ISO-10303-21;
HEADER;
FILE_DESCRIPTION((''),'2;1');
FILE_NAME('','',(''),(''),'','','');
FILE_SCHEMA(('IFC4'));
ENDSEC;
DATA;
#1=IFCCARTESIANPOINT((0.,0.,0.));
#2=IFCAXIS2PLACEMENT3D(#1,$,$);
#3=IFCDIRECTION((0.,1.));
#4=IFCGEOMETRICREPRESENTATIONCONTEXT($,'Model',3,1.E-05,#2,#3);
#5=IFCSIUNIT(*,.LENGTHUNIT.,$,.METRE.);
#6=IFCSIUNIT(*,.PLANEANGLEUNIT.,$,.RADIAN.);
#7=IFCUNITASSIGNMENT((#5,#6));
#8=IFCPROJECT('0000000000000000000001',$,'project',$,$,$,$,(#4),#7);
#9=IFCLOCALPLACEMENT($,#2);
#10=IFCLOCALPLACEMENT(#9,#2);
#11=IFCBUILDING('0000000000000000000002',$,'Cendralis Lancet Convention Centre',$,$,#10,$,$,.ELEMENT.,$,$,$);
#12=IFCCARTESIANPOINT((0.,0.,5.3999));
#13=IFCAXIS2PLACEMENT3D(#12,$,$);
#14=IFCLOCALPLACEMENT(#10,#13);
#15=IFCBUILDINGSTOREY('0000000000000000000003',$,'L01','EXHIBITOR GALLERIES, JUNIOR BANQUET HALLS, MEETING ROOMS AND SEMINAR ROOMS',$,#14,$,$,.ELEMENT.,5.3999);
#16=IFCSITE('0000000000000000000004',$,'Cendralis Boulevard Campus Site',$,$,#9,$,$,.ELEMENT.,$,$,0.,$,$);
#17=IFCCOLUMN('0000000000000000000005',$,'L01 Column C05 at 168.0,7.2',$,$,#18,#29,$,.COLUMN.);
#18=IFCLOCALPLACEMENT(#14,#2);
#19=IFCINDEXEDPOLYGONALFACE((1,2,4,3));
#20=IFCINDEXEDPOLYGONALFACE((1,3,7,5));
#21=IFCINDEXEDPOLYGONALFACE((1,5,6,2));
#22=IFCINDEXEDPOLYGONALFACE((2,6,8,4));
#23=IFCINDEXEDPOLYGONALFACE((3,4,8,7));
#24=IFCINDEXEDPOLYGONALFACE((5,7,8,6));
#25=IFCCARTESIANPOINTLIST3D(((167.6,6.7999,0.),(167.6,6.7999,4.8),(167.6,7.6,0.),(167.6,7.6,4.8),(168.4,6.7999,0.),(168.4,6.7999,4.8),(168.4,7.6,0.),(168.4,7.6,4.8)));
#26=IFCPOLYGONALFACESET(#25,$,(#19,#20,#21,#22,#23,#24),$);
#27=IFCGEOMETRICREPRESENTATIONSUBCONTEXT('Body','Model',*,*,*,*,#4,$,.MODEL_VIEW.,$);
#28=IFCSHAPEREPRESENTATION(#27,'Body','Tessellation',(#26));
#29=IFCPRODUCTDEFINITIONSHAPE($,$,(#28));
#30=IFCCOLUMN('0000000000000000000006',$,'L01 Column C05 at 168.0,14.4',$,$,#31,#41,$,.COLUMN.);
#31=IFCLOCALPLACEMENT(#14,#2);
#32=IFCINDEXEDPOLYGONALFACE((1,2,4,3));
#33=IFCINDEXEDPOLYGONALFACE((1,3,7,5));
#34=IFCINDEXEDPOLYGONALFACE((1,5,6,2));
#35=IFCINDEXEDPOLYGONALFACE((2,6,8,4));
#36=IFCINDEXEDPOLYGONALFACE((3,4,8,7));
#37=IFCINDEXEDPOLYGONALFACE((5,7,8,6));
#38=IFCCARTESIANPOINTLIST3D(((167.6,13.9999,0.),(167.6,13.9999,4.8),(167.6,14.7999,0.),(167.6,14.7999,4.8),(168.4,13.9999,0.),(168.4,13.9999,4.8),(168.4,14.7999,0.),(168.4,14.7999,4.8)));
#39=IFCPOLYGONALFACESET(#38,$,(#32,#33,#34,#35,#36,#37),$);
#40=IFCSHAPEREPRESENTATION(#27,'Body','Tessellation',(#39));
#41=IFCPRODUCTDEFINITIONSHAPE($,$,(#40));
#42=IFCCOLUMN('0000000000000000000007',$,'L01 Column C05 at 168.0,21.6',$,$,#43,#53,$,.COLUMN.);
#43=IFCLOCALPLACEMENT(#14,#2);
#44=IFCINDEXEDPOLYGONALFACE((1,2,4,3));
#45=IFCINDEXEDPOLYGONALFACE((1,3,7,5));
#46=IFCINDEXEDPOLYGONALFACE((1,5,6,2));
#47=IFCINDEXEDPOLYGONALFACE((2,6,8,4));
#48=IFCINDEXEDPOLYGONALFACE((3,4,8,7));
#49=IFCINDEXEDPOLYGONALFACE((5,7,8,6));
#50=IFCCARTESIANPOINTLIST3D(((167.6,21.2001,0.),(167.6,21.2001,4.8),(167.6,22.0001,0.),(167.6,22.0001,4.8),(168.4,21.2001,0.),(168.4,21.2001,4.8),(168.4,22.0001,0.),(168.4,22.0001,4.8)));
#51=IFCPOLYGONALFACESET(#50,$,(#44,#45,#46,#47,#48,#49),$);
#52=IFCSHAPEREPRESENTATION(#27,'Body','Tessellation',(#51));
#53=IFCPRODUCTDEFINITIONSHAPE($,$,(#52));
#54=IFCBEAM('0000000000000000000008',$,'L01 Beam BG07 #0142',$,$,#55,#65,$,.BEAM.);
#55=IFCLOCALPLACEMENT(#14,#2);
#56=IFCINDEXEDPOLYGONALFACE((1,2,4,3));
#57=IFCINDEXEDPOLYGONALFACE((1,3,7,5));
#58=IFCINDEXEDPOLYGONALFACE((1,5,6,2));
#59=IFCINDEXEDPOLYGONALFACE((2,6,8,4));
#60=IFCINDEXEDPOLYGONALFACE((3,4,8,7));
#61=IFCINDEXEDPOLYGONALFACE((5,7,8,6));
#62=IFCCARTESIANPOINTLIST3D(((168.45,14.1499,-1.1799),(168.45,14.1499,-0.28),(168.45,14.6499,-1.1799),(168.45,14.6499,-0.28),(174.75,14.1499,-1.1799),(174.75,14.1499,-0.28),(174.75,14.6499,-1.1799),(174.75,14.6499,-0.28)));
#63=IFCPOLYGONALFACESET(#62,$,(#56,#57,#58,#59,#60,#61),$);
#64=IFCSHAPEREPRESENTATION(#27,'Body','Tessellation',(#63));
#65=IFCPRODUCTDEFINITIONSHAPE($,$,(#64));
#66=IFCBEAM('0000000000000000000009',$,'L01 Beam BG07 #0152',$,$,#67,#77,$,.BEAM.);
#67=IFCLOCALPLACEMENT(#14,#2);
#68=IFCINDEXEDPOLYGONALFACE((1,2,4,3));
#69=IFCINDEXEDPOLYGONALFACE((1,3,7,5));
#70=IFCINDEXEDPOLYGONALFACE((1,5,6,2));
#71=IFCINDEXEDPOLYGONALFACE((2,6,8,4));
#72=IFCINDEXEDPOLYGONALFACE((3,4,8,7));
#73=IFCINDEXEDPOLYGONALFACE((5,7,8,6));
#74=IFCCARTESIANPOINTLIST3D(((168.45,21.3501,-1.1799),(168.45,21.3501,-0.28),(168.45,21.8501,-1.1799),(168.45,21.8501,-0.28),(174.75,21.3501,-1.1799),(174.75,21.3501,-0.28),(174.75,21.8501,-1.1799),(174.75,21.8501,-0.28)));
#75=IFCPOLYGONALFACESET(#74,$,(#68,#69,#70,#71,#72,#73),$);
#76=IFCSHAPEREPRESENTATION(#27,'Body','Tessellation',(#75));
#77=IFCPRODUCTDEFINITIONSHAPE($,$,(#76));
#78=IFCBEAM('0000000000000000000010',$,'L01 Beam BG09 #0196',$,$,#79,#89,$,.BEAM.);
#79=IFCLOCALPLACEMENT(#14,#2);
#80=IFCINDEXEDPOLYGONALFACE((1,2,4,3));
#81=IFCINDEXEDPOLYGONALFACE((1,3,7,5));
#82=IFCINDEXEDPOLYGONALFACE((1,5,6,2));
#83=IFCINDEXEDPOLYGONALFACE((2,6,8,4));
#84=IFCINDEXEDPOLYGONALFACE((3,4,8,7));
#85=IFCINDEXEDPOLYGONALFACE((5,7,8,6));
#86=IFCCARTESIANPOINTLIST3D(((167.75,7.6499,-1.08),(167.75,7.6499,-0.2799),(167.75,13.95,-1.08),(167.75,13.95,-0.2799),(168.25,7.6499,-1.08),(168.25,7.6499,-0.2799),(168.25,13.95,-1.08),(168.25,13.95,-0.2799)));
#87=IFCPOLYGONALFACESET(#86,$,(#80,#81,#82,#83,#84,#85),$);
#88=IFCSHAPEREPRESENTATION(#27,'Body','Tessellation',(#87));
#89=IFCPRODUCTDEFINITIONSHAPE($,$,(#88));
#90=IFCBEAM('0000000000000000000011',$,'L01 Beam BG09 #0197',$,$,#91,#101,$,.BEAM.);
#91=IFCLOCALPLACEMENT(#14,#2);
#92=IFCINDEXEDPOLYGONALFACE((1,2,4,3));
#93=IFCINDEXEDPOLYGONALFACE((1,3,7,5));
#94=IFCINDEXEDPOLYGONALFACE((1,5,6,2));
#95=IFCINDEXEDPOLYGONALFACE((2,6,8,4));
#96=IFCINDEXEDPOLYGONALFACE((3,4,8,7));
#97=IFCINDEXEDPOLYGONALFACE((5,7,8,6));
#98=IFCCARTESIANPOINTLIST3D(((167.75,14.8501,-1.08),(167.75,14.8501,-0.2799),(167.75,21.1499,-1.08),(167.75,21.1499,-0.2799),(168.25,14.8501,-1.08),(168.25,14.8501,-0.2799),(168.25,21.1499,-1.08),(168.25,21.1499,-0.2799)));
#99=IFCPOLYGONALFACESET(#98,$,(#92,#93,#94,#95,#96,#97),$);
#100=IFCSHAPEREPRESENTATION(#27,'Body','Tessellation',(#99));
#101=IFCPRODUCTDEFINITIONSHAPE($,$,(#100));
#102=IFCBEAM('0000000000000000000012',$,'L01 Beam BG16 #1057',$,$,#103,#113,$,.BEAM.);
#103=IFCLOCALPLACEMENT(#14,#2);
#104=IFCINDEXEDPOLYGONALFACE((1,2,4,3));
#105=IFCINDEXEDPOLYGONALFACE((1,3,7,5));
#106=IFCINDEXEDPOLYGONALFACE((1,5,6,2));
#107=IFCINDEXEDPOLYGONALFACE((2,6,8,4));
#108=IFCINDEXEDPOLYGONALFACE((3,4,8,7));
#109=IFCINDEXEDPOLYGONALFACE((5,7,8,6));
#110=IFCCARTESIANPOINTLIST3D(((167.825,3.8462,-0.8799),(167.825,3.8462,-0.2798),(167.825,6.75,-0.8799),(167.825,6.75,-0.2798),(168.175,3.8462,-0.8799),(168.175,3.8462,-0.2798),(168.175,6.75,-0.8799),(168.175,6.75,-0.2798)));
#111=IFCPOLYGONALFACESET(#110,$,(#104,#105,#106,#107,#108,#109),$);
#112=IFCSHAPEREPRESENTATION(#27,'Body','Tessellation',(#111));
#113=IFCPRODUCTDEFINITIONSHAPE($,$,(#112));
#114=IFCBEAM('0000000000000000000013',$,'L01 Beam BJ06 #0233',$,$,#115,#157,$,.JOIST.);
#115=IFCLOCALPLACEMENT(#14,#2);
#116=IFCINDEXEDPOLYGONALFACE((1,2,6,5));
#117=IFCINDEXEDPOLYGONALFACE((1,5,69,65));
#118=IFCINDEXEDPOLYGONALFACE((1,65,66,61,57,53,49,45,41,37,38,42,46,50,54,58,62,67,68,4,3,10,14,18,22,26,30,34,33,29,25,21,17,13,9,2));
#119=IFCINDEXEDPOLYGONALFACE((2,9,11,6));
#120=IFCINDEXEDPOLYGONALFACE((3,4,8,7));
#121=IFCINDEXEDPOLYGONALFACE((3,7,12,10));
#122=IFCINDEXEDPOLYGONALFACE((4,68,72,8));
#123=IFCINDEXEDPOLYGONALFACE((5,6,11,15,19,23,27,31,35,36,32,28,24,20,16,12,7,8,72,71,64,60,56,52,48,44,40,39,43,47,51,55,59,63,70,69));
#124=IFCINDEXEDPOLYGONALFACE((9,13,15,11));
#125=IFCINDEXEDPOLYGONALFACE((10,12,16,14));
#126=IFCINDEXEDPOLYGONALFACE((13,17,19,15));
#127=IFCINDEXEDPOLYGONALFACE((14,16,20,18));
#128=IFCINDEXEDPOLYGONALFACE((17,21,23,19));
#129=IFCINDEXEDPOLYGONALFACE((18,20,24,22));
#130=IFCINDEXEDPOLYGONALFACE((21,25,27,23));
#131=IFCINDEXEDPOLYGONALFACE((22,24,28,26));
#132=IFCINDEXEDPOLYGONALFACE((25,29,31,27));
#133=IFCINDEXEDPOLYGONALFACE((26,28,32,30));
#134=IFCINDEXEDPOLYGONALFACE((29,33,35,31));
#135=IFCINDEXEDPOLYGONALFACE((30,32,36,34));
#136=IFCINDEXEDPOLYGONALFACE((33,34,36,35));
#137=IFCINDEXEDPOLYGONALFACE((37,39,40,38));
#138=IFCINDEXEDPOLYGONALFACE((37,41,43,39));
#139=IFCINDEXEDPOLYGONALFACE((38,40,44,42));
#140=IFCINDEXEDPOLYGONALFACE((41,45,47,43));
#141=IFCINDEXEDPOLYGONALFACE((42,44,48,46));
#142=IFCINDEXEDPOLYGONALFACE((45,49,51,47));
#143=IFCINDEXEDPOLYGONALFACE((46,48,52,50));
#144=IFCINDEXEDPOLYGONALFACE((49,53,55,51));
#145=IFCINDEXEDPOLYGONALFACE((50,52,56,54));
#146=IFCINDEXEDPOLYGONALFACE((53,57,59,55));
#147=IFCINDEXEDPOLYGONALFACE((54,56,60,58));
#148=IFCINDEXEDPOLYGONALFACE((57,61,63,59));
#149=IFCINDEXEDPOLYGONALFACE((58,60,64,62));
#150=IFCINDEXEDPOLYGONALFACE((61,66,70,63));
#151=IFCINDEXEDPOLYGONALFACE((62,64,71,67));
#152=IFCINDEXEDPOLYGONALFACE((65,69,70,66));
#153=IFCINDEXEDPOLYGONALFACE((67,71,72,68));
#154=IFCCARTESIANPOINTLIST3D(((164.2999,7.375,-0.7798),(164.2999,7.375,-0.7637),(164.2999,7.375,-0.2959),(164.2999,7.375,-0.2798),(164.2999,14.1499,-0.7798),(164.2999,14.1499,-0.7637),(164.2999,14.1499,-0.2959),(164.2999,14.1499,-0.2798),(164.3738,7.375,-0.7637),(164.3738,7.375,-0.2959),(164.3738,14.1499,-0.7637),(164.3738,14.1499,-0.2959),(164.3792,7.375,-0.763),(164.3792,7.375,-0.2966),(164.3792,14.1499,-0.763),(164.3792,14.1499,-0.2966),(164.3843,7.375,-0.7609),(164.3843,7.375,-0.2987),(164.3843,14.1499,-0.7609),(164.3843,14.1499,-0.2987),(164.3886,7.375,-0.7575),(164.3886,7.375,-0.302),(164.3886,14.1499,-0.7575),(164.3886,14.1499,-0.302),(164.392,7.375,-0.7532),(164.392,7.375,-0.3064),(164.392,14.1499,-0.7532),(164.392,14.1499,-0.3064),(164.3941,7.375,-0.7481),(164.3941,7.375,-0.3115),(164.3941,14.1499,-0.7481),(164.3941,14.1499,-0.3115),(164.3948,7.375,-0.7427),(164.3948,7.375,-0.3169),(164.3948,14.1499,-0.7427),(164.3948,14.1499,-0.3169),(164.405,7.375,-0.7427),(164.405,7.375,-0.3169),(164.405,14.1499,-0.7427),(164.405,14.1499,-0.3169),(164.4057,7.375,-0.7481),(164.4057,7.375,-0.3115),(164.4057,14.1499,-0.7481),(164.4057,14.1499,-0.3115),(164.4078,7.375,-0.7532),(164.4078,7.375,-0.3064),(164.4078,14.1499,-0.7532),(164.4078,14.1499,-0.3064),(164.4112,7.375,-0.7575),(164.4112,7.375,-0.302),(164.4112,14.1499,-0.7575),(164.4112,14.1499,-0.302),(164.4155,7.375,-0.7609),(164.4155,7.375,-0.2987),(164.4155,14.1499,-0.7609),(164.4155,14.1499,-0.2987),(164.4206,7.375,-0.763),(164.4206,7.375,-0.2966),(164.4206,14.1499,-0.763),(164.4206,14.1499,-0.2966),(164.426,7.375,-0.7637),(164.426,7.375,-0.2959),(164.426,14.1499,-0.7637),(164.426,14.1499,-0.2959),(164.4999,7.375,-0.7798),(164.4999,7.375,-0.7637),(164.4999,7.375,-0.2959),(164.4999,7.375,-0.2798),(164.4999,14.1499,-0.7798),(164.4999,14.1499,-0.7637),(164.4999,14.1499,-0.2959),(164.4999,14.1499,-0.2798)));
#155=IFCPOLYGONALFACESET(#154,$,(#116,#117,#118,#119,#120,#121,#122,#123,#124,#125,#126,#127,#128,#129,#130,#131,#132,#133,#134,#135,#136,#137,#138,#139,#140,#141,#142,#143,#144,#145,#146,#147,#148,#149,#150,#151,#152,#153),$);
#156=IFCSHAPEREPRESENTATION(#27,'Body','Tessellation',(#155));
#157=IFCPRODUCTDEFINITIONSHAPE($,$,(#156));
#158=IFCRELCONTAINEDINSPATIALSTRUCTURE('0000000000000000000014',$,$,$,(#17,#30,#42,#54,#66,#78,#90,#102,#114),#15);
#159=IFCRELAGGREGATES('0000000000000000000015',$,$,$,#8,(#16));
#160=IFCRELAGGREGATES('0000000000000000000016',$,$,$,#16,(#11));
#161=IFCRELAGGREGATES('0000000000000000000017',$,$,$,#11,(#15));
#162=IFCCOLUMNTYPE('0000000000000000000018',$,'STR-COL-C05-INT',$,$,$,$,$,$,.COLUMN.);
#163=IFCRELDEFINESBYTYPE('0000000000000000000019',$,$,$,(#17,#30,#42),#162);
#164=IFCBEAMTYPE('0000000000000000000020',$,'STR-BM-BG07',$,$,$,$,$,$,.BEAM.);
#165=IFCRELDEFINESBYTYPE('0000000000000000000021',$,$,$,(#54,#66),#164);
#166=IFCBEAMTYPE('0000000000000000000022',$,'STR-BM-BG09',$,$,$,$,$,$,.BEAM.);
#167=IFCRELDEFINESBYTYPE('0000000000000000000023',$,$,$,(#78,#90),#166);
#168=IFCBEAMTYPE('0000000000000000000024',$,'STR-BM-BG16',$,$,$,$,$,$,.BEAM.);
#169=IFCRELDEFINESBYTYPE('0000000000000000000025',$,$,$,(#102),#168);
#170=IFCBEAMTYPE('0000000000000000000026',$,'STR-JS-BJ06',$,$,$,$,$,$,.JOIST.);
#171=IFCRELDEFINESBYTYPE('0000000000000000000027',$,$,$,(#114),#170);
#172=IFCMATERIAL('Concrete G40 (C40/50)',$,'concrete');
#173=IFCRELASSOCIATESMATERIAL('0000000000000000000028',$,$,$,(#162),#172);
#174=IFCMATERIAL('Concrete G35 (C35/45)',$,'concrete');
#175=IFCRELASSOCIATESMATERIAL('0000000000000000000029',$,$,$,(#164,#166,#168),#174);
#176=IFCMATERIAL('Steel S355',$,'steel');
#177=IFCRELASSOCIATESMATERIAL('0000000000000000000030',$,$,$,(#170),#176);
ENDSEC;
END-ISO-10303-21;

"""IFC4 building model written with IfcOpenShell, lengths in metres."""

from ifc_helpers import new_model, si_unit, direction, frame, origin, origin_2d, place, context, subcontext, project, spatial, rectangle, i_section, extrude, material, material_profile, profile_set, type_object, element, save


model = new_model("IFC4")

# Units and contexts
model_context = context("Model", 3, precision=1e-05, world=origin(), true_north=direction((0.0, 1.0)))
body_context = subcontext(model_context, "Body", "Model", "MODEL_VIEW")
ifc_project = project(units=[si_unit("LENGTHUNIT", "METRE"), si_unit("PLANEANGLEUNIT", "RADIAN")], contexts=[model_context])

# Site, building, storey
site_placement = place(None, origin())
site = spatial("IfcSite", under=ifc_project, at=site_placement, Name="Cendralis Boulevard Campus Site", CompositionType="ELEMENT", RefElevation=0.0)
building_placement = place(site_placement, origin())
building = spatial("IfcBuilding", under=site, at=building_placement, Name="Cendralis Lancet Convention Centre", CompositionType="ELEMENT")
storey_placement = place(building_placement, frame((0.0, 0.0, 5.3999)))
storey = spatial("IfcBuildingStorey", under=building, at=storey_placement, Name="L01", Description="EXHIBITOR GALLERIES, JUNIOR BANQUET HALLS, MEETING ROOMS AND SEMINAR ROOMS", CompositionType="ELEMENT", Elevation=5.3999)

# Columns
ifc_material_1 = material(Name="Concrete G40 (C40/50)", Category="concrete")
ifc_material_profile_1 = material_profile(ifc_material_1, rectangle(XDim=0.8, YDim=0.8, at=origin_2d()), Name="RC 800x800")
ifc_profile_set_1 = profile_set([ifc_material_profile_1], Name="Concrete G40 (C40/50)")
column_type = type_object("IfcColumnType", Name="STR-COL-C05-INT", PredefinedType="COLUMN", material=ifc_profile_set_1)
for number, where, z_axis, x_axis, name in (
    (1, (168.0, 7.2, 0.0), (0.0, 0.0, 1.0), (1.0, 0.0, 0.0), "L01 Column C05 at 168.0,7.2"),
    (2, (168.0, 14.3999, 0.0), (0.0, 0.0, 1.0), (1.0, 0.0, 0.0), "L01 Column C05 at 168.0,14.4"),
    (3, (168.0, 21.6001, 0.0), (0.0, 0.0, 1.0), (1.0, 0.0, 0.0), "L01 Column C05 at 168.0,21.6"),
):
    element("IfcColumn", number, at=place(storey_placement, frame(where, z_axis=z_axis, x_axis=x_axis)), inside=storey, type_object=column_type, Name=name, PredefinedType="COLUMN", context=body_context, shape_type="SweptSolid", body=[
        extrude(rectangle(XDim=0.8, YDim=0.8, at=origin_2d()), origin(), (0.0, 0.0, 1.0), 4.8),
    ])

# Beams
ifc_material_2 = material(Name="Concrete G35 (C35/45)", Category="concrete")
ifc_material_profile_2 = material_profile(ifc_material_2, rectangle(XDim=0.5, YDim=0.8999, at=origin_2d()), Name="RCB 500x900")
ifc_profile_set_2 = profile_set([ifc_material_profile_2], Name="Concrete G35 (C35/45)")
beam_type_1 = type_object("IfcBeamType", Name="STR-BM-BG07", PredefinedType="BEAM", material=ifc_profile_set_2)
for number, where, z_axis, x_axis, name in (
    (4, (168.45, 14.3999, -0.73), (1.0, 0.0, 0.0), (0.0, 1.0, 0.0), "L01 Beam BG07 #0142"),
    (5, (168.45, 21.6001, -0.73), (1.0, 0.0, 0.0), (0.0, 1.0, 0.0), "L01 Beam BG07 #0152"),
):
    element("IfcBeam", number, at=place(storey_placement, frame(where, z_axis=z_axis, x_axis=x_axis)), inside=storey, type_object=beam_type_1, Name=name, PredefinedType="BEAM", context=body_context, shape_type="SweptSolid", body=[
        extrude(rectangle(XDim=0.5, YDim=0.8999, at=origin_2d()), origin(), (0.0, 0.0, 1.0), 6.3),
    ])
ifc_material_profile_3 = material_profile(ifc_material_2, rectangle(XDim=0.5, YDim=0.8, at=origin_2d()), Name="RCB 500x800")
ifc_profile_set_3 = profile_set([ifc_material_profile_3], Name="Concrete G35 (C35/45)")
beam_type_2 = type_object("IfcBeamType", Name="STR-BM-BG09", PredefinedType="BEAM", material=ifc_profile_set_3)
beam_1_placement = place(storey_placement, frame((168.0, 7.6499, -0.6799), z_axis=(0.0, 1.0, 0.0), x_axis=(-1.0, 0.0, 0.0)))
element("IfcBeam", 6, at=beam_1_placement, inside=storey, type_object=beam_type_2, Name="L01 Beam BG09 #0196", PredefinedType="BEAM", context=body_context, shape_type="SweptSolid", body=[
    extrude(rectangle(XDim=0.5, YDim=0.8, at=origin_2d()), origin(), (0.0, 0.0, 1.0), 6.3),
])
beam_2_placement = place(storey_placement, frame((168.0, 14.8501, -0.6799), z_axis=(0.0, 1.0, 0.0), x_axis=(-1.0, 0.0, 0.0)))
element("IfcBeam", 7, at=beam_2_placement, inside=storey, type_object=beam_type_2, Name="L01 Beam BG09 #0197", PredefinedType="BEAM", context=body_context, shape_type="SweptSolid", body=[
    extrude(rectangle(XDim=0.5, YDim=0.8, at=origin_2d()), origin(), (0.0, 0.0, 1.0), 6.2998),
])
ifc_material_profile_4 = material_profile(ifc_material_2, rectangle(XDim=0.3501, YDim=0.6001, at=origin_2d()), Name="RCB 350x600")
ifc_profile_set_4 = profile_set([ifc_material_profile_4], Name="Concrete G35 (C35/45)")
beam_type_3 = type_object("IfcBeamType", Name="STR-BM-BG16", PredefinedType="BEAM", material=ifc_profile_set_4)
beam_3_placement = place(storey_placement, frame((168.0, 3.8462, -0.5798), z_axis=(0.0, 1.0, 0.0), x_axis=(-1.0, 0.0, 0.0)))
element("IfcBeam", 8, at=beam_3_placement, inside=storey, type_object=beam_type_3, Name="L01 Beam BG16 #1057", PredefinedType="BEAM", context=body_context, shape_type="SweptSolid", body=[
    extrude(rectangle(XDim=0.3501, YDim=0.6001, at=origin_2d()), origin(), (0.0, 0.0, 1.0), 2.9038),
])
ifc_material_3 = material(Name="Steel S355", Category="steel")
ifc_material_profile_5 = material_profile(ifc_material_3, i_section(OverallWidth=0.2, OverallDepth=0.5, WebThickness=0.0103, FlangeThickness=0.0161, FilletRadius=0.021, at=origin_2d()), Name="IPE 500")
ifc_profile_set_5 = profile_set([ifc_material_profile_5], Name="Steel S355")
beam_type_4 = type_object("IfcBeamType", Name="STR-JS-BJ06", PredefinedType="JOIST", material=ifc_profile_set_5)
beam_4_placement = place(storey_placement, frame((164.3999, 7.375, -0.5298), z_axis=(0.0, 1.0, 0.0), x_axis=(-1.0, 0.0, 0.0)))
element("IfcBeam", 9, at=beam_4_placement, inside=storey, type_object=beam_type_4, Name="L01 Beam BJ06 #0233", PredefinedType="JOIST", context=body_context, shape_type="SweptSolid", body=[
    extrude(i_section(OverallWidth=0.2, OverallDepth=0.5, WebThickness=0.0103, FlangeThickness=0.0161, FilletRadius=0.021, at=origin_2d()), origin(), (0.0, 0.0, 1.0), 6.7749),
])

save(model, "model.ifc")
